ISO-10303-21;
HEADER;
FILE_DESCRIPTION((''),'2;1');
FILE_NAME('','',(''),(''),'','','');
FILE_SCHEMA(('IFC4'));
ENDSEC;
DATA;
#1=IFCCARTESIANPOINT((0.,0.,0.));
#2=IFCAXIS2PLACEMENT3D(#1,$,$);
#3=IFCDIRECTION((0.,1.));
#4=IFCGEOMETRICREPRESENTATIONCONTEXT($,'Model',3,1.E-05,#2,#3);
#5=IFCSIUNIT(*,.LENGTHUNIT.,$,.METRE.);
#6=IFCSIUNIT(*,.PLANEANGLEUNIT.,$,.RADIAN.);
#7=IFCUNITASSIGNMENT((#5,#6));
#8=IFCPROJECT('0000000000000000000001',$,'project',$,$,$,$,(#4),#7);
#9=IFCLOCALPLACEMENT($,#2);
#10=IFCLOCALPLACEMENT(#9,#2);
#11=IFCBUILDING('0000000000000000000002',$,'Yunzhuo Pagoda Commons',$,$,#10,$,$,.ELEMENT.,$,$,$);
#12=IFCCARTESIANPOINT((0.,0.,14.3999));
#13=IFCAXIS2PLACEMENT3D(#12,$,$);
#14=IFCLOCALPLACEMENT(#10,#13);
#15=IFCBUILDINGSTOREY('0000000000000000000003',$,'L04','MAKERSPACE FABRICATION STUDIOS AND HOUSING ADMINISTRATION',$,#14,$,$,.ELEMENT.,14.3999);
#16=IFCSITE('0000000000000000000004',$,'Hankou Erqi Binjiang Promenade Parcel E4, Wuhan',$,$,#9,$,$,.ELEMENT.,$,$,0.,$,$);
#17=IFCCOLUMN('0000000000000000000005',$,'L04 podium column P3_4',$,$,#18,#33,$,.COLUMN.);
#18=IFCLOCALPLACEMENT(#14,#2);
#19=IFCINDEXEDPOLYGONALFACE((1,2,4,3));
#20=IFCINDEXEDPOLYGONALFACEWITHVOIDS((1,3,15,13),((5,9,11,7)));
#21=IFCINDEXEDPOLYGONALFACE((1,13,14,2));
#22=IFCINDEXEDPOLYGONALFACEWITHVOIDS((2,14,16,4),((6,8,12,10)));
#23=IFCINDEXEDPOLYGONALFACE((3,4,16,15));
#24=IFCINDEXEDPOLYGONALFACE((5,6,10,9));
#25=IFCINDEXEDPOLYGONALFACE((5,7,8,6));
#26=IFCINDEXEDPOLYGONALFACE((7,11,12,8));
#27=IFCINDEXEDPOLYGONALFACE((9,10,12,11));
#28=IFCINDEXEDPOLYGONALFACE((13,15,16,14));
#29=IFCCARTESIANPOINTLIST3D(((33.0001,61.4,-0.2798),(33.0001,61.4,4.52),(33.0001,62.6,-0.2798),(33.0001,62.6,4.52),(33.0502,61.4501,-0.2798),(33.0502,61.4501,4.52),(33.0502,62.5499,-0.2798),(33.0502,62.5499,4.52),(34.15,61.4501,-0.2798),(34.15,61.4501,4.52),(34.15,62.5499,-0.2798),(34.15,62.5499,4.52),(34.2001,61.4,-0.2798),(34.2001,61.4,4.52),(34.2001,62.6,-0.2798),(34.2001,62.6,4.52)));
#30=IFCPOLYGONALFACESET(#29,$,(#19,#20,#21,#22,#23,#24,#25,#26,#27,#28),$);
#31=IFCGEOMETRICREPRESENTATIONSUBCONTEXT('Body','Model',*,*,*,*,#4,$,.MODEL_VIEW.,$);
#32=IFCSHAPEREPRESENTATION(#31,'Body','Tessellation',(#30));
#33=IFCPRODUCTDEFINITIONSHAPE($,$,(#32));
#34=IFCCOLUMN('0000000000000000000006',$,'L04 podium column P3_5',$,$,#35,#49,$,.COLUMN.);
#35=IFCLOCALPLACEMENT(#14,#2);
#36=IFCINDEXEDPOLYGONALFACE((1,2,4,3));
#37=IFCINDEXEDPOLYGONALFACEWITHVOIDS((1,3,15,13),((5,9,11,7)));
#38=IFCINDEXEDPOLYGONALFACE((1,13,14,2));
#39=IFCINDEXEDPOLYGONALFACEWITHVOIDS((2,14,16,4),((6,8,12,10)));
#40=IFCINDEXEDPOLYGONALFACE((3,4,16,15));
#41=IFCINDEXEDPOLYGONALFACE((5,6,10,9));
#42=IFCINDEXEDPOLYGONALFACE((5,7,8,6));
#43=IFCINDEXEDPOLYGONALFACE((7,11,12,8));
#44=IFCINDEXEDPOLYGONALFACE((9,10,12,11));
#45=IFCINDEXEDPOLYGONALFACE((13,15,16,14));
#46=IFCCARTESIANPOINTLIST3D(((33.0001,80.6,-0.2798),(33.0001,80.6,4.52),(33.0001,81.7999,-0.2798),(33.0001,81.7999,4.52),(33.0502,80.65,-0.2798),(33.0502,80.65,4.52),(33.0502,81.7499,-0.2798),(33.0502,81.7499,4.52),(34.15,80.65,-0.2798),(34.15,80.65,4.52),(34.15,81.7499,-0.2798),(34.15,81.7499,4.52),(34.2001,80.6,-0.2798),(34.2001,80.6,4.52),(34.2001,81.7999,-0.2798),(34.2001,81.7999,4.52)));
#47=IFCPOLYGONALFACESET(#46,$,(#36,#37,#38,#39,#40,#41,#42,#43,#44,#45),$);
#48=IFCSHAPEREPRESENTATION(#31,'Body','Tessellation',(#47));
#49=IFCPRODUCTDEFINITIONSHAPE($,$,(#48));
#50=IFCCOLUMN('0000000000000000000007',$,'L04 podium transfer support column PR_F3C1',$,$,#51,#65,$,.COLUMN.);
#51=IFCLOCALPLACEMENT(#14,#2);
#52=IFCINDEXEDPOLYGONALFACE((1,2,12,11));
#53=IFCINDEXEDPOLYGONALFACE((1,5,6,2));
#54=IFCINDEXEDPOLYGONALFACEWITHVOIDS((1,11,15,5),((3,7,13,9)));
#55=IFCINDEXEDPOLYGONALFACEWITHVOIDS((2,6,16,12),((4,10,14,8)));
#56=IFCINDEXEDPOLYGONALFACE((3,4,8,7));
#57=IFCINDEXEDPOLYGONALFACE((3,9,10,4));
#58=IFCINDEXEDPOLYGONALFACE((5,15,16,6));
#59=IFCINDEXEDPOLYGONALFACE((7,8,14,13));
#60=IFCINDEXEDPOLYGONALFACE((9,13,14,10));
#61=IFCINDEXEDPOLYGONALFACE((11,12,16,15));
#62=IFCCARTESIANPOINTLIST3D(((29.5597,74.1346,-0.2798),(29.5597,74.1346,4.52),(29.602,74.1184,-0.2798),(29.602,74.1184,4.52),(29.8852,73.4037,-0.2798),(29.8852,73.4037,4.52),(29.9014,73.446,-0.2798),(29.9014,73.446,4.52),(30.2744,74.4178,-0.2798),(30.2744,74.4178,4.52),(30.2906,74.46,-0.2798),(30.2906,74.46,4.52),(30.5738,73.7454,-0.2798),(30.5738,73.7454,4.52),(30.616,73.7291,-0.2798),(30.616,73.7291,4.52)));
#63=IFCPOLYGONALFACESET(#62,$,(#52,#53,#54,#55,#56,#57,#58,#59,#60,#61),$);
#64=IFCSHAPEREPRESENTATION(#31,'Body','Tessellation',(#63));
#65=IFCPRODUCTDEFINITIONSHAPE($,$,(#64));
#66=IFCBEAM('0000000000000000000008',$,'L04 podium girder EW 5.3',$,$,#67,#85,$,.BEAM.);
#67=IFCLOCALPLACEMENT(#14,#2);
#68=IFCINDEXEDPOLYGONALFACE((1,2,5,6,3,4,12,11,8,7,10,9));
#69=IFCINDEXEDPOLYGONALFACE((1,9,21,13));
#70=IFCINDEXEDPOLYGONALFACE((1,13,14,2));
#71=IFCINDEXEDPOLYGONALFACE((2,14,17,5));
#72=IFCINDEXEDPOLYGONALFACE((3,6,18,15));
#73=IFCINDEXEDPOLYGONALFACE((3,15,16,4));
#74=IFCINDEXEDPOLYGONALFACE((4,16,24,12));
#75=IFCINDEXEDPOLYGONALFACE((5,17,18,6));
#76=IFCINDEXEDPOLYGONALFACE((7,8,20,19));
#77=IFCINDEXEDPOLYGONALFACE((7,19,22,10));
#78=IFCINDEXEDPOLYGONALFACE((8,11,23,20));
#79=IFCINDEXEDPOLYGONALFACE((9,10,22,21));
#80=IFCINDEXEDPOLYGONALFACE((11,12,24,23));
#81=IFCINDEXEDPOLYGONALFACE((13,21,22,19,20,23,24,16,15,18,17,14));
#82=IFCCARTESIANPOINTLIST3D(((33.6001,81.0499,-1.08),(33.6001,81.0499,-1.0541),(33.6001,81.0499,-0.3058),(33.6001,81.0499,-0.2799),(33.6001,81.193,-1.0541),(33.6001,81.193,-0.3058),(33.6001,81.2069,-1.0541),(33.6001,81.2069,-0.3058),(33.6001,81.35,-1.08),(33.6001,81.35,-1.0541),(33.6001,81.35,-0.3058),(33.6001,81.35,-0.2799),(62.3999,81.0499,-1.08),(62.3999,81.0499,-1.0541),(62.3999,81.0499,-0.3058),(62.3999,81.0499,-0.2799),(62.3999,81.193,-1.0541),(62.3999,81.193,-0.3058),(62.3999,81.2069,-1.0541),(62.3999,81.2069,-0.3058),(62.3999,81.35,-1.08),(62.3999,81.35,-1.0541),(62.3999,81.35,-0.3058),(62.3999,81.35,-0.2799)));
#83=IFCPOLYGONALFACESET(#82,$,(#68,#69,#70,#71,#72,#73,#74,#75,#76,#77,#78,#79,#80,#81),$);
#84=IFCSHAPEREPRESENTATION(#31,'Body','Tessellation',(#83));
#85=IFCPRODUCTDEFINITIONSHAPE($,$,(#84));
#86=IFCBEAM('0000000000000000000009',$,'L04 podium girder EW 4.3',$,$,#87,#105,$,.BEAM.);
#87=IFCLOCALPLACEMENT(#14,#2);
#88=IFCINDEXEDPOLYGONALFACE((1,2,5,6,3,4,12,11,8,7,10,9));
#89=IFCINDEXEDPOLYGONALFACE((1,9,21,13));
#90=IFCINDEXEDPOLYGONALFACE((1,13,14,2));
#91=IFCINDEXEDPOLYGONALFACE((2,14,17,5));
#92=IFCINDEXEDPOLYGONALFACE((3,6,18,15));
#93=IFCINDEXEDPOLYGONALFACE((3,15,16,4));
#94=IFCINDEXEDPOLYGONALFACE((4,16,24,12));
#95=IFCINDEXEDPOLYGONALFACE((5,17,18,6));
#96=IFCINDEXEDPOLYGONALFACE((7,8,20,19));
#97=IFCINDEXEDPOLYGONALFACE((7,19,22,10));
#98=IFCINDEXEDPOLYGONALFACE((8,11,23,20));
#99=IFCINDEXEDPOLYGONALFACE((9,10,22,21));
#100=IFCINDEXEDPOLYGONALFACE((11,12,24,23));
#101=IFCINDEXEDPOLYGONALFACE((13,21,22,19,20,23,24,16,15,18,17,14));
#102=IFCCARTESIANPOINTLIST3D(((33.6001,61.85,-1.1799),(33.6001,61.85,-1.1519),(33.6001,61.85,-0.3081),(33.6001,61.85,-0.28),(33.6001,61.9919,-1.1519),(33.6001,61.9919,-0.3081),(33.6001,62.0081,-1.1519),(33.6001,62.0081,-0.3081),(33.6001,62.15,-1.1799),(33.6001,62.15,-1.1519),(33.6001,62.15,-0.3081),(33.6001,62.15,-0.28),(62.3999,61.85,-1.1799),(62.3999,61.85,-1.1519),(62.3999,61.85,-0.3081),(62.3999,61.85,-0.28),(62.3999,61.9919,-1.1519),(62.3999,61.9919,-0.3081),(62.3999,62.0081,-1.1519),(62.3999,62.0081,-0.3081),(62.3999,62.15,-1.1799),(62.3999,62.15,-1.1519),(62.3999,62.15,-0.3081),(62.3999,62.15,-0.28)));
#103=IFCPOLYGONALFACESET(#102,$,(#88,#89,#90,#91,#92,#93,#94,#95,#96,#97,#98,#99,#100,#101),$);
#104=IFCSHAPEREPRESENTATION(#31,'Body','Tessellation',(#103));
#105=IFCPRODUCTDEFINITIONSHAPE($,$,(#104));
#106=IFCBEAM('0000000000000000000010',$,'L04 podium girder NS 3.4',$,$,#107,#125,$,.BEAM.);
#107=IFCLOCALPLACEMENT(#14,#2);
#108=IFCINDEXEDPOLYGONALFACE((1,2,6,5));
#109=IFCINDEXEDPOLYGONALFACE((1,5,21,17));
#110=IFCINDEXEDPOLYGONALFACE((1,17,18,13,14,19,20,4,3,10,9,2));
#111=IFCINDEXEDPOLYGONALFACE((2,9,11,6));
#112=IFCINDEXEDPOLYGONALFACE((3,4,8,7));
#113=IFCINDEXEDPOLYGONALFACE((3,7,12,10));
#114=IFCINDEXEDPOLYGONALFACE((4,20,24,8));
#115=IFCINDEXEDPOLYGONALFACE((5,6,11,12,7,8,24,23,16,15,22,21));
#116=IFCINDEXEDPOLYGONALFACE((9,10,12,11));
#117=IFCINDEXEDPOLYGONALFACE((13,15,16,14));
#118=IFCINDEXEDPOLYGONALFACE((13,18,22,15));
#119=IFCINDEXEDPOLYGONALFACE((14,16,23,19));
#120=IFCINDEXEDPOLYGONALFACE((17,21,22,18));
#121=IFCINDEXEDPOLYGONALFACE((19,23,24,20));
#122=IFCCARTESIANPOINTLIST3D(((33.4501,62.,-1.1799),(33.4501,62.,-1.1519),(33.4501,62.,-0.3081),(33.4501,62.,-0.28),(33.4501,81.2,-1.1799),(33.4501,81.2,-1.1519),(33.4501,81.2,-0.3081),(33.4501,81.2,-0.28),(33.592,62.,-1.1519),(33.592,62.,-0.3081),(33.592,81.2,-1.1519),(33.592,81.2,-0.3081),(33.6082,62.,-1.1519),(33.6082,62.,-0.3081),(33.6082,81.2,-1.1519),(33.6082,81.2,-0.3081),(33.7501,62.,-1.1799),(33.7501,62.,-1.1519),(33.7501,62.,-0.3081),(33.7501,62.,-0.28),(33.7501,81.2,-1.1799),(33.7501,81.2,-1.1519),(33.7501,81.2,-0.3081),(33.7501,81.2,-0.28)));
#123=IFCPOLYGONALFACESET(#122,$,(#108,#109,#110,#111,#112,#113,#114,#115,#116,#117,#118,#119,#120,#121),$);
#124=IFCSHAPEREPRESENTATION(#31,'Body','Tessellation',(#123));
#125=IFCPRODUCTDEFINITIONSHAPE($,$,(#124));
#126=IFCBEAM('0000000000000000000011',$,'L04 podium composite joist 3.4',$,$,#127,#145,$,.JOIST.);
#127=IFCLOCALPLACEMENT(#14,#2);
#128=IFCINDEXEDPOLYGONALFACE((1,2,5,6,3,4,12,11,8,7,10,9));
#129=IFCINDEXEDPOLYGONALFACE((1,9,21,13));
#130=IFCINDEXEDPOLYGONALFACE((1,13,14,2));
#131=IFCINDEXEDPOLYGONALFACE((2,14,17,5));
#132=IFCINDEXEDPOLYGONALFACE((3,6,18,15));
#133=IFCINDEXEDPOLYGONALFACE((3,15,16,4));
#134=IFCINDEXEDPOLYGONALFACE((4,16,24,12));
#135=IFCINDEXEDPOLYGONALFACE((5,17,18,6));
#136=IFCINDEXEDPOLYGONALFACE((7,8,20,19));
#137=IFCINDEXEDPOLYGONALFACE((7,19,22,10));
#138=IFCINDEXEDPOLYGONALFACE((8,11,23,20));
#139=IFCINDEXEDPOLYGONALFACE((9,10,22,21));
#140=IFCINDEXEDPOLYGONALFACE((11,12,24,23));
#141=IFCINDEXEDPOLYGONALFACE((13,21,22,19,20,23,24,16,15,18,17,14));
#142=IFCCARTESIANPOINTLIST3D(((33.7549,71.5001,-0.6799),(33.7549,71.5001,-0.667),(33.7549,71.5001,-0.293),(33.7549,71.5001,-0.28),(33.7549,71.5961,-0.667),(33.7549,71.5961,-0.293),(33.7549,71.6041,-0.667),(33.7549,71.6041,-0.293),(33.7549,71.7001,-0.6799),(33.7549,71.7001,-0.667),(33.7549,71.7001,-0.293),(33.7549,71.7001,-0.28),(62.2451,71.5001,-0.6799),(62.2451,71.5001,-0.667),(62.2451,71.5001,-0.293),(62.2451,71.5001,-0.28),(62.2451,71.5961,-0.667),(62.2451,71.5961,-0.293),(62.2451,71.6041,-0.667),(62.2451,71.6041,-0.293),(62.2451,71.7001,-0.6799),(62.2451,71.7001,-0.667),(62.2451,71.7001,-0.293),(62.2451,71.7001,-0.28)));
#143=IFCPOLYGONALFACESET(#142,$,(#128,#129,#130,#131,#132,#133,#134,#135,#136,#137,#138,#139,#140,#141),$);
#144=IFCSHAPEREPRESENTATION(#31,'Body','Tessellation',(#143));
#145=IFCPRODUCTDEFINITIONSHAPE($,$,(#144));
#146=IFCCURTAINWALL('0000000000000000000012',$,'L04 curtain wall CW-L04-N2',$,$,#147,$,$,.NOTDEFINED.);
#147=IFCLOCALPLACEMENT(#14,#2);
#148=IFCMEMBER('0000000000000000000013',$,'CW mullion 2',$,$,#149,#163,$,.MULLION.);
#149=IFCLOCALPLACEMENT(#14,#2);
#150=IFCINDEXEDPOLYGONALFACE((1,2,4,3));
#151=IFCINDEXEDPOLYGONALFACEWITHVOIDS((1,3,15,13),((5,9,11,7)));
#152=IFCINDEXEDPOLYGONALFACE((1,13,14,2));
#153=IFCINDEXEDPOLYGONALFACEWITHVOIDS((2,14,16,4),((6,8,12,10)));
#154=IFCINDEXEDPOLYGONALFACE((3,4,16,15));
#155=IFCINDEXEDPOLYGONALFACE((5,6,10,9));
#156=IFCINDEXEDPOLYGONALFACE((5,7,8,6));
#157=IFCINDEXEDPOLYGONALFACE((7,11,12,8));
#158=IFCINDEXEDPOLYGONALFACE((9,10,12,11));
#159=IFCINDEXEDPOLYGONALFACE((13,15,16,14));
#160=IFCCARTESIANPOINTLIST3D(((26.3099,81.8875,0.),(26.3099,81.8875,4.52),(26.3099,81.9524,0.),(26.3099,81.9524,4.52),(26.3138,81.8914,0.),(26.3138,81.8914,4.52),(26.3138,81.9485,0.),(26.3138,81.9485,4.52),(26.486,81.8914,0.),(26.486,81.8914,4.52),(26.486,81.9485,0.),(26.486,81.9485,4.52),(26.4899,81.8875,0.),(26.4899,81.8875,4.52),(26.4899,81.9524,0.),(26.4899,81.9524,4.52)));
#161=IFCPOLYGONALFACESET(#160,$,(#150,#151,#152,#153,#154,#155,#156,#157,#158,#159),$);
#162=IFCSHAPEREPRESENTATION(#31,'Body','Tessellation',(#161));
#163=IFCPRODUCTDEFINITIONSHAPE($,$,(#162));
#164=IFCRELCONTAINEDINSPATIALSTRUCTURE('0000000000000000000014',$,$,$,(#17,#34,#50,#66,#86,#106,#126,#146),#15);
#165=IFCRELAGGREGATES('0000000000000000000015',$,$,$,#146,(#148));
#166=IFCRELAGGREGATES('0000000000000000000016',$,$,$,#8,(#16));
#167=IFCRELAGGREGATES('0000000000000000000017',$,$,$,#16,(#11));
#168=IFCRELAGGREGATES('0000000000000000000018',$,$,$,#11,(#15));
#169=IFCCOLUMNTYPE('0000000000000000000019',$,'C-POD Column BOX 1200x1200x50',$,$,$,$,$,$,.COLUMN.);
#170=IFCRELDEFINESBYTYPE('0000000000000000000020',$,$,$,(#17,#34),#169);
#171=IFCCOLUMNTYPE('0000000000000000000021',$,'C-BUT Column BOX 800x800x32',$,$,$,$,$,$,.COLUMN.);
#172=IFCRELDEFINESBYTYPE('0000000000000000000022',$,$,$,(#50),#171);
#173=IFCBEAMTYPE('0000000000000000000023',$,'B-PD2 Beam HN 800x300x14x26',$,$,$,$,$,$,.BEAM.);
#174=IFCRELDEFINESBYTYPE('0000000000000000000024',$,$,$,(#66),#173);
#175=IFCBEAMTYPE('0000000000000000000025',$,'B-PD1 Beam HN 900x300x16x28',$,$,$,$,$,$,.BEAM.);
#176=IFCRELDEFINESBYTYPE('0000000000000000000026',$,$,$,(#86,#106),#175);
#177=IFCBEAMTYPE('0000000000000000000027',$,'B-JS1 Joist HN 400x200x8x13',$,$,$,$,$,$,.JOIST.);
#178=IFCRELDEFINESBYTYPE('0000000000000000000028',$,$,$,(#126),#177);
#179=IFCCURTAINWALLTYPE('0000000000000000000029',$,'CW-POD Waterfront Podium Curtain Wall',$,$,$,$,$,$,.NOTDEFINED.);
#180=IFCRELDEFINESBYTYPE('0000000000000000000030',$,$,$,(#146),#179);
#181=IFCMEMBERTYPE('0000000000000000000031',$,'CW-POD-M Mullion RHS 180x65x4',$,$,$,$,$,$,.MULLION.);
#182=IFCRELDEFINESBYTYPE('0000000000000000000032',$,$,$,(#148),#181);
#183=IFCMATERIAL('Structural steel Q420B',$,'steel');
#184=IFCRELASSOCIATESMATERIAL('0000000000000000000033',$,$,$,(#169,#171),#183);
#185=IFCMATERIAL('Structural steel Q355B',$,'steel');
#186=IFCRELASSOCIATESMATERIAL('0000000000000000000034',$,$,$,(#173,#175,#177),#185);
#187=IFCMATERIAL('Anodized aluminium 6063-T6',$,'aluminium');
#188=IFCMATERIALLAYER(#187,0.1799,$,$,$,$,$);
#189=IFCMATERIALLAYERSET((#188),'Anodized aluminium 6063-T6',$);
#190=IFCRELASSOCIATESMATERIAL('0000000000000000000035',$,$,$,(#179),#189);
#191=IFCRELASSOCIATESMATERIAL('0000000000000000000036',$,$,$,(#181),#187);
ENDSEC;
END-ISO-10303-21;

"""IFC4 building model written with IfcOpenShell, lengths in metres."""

from ifc_helpers import new_model, si_unit, direction, frame, origin, origin_2d, place, context, subcontext, project, spatial, hollow_rectangle, i_section, extrude, source, transform, mapped, material, layer, layer_set, material_profile, profile_set, type_object, element, aggregate, save


model = new_model("IFC4")

# Units and contexts
model_context = context("Model", 3, precision=1e-05, world=origin(), true_north=direction((0.0, 1.0)))
body_context = subcontext(model_context, "Body", "Model", "MODEL_VIEW")
ifc_project = project(units=[si_unit("LENGTHUNIT", "METRE"), si_unit("PLANEANGLEUNIT", "RADIAN")], contexts=[model_context])

# Site, building, storey
site_placement = place(None, origin())
site = spatial("IfcSite", under=ifc_project, at=site_placement, Name="Hankou Erqi Binjiang Promenade Parcel E4, Wuhan", CompositionType="ELEMENT", RefElevation=0.0)
building_placement = place(site_placement, origin())
building = spatial("IfcBuilding", under=site, at=building_placement, Name="Yunzhuo Pagoda Commons", CompositionType="ELEMENT")
storey_placement = place(building_placement, frame((0.0, 0.0, 14.3999)))
storey = spatial("IfcBuildingStorey", under=building, at=storey_placement, Name="L04", Description="MAKERSPACE FABRICATION STUDIOS AND HOUSING ADMINISTRATION", CompositionType="ELEMENT", Elevation=14.3999)

# Columns
ifc_material_1 = material(Name="Structural steel Q420B", Category="steel")
ifc_material_profile_1 = material_profile(ifc_material_1, hollow_rectangle(XDim=1.2, YDim=1.2, WallThickness=0.05, at=origin_2d()), Name="Structural steel Q420B")
ifc_profile_set_1 = profile_set([ifc_material_profile_1], Name="Structural steel Q420B")
column_type_1 = type_object("IfcColumnType", Name="C-POD Column BOX 1200x1200x50", PredefinedType="COLUMN", material=ifc_profile_set_1)
shared_shape_1 = source(origin(), body_context, "Body", "SweptSolid", [
    extrude(hollow_rectangle(XDim=1.2, YDim=1.2, WallThickness=0.05, at=origin_2d()), origin(), (0.0, 0.0, 1.0), 4.7998),
])
for number, where, z_axis, x_axis, name in (
    (1, (33.6001, 62.0, -0.2798), (0.0, 0.0, 1.0), (1.0, 0.0, 0.0), "L04 podium column P3_4"),
    (2, (33.6001, 81.2, -0.2798), (0.0, 0.0, 1.0), (1.0, 0.0, 0.0), "L04 podium column P3_5"),
):
    element("IfcColumn", number, at=place(storey_placement, frame(where, z_axis=z_axis, x_axis=x_axis)), inside=storey, type_object=column_type_1, Name=name, PredefinedType="COLUMN", context=body_context, shape_type="MappedRepresentation", body=[
        mapped(shared_shape_1, transform((0.0, 0.0, 0.0), scale=1.0)),
    ])
ifc_material_profile_2 = material_profile(ifc_material_1, hollow_rectangle(XDim=0.8, YDim=0.8, WallThickness=0.032, at=origin_2d()), Name="Structural steel Q420B")
ifc_profile_set_2 = profile_set([ifc_material_profile_2], Name="Structural steel Q420B")
column_type_2 = type_object("IfcColumnType", Name="C-BUT Column BOX 800x800x32", PredefinedType="COLUMN", material=ifc_profile_set_2)
shared_shape_2 = source(origin(), body_context, "Body", "SweptSolid", [
    extrude(hollow_rectangle(XDim=0.8, YDim=0.8, WallThickness=0.032, at=origin_2d()), origin(), (0.0, 0.0, 1.0), 4.7998),
])
column_placement = place(storey_placement, frame((30.0879, 73.9319, -0.2798), z_axis=(0.0, 0.0, 1.0), x_axis=(-0.913545, -0.406737, 0.0)))
element("IfcColumn", 3, at=column_placement, inside=storey, type_object=column_type_2, Name="L04 podium transfer support column PR_F3C1", PredefinedType="COLUMN", context=body_context, shape_type="MappedRepresentation", body=[
    mapped(shared_shape_2, transform((0.0, 0.0, 0.0), scale=1.0)),
])

# Beams
ifc_material_2 = material(Name="Structural steel Q355B", Category="steel")
ifc_material_profile_3 = material_profile(ifc_material_2, i_section(OverallWidth=0.3, OverallDepth=0.8, WebThickness=0.0139, FlangeThickness=0.0259, at=origin_2d()), Name="Structural steel Q355B")
ifc_profile_set_3 = profile_set([ifc_material_profile_3], Name="Structural steel Q355B")
beam_type_1 = type_object("IfcBeamType", Name="B-PD2 Beam HN 800x300x14x26", PredefinedType="BEAM", material=ifc_profile_set_3)
shared_shape_3 = source(origin(), body_context, "Body", "SweptSolid", [
    extrude(i_section(OverallWidth=0.3, OverallDepth=0.8, WebThickness=0.0139, FlangeThickness=0.0259, at=origin_2d()), origin(), (0.0, 0.0, 1.0), 28.7998),
])
beam_1_placement = place(storey_placement, frame((33.6001, 81.2, -0.6799), z_axis=(1.0, 0.0, 0.0), x_axis=(0.0, 1.0, 0.0)))
element("IfcBeam", 4, at=beam_1_placement, inside=storey, type_object=beam_type_1, Name="L04 podium girder EW 5.3", PredefinedType="BEAM", context=body_context, shape_type="MappedRepresentation", body=[
    mapped(shared_shape_3, transform((0.0, 0.0, 0.0), scale=1.0)),
])
ifc_material_profile_4 = material_profile(ifc_material_2, i_section(OverallWidth=0.3, OverallDepth=0.8999, WebThickness=0.0161, FlangeThickness=0.0281, at=origin_2d()), Name="Structural steel Q355B")
ifc_profile_set_4 = profile_set([ifc_material_profile_4], Name="Structural steel Q355B")
beam_type_2 = type_object("IfcBeamType", Name="B-PD1 Beam HN 900x300x16x28", PredefinedType="BEAM", material=ifc_profile_set_4)
shared_shape_4 = source(origin(), body_context, "Body", "SweptSolid", [
    extrude(i_section(OverallWidth=0.3, OverallDepth=0.8999, WebThickness=0.0161, FlangeThickness=0.0281, at=origin_2d()), origin(), (0.0, 0.0, 1.0), 28.7998),
])
beam_2_placement = place(storey_placement, frame((33.6001, 62.0, -0.73), z_axis=(1.0, 0.0, 0.0), x_axis=(0.0, 1.0, 0.0)))
element("IfcBeam", 5, at=beam_2_placement, inside=storey, type_object=beam_type_2, Name="L04 podium girder EW 4.3", PredefinedType="BEAM", context=body_context, shape_type="MappedRepresentation", body=[
    mapped(shared_shape_4, transform((0.0, 0.0, 0.0), scale=1.0)),
])
shared_shape_5 = source(origin(), body_context, "Body", "SweptSolid", [
    extrude(i_section(OverallWidth=0.3, OverallDepth=0.8999, WebThickness=0.0161, FlangeThickness=0.0281, at=origin_2d()), origin(), (0.0, 0.0, 1.0), 19.2),
])
beam_3_placement = place(storey_placement, frame((33.6001, 62.0, -0.73), z_axis=(0.0, 1.0, 0.0), x_axis=(-1.0, 0.0, 0.0)))
element("IfcBeam", 6, at=beam_3_placement, inside=storey, type_object=beam_type_2, Name="L04 podium girder NS 3.4", PredefinedType="BEAM", context=body_context, shape_type="MappedRepresentation", body=[
    mapped(shared_shape_5, transform((0.0, 0.0, 0.0), scale=1.0)),
])
ifc_material_profile_5 = material_profile(ifc_material_2, i_section(OverallWidth=0.2, OverallDepth=0.3999, WebThickness=0.0081, FlangeThickness=0.0129, at=origin_2d()), Name="Structural steel Q355B")
ifc_profile_set_5 = profile_set([ifc_material_profile_5], Name="Structural steel Q355B")
beam_type_3 = type_object("IfcBeamType", Name="B-JS1 Joist HN 400x200x8x13", PredefinedType="JOIST", material=ifc_profile_set_5)
shared_shape_6 = source(origin(), body_context, "Body", "SweptSolid", [
    extrude(i_section(OverallWidth=0.2, OverallDepth=0.3999, WebThickness=0.0081, FlangeThickness=0.0129, at=origin_2d()), origin(), (0.0, 0.0, 1.0), 28.4902),
])
beam_4_placement = place(storey_placement, frame((33.7549, 71.6001, -0.48), z_axis=(1.0, 0.0, 0.0), x_axis=(0.0, 1.0, 0.0)))
element("IfcBeam", 7, at=beam_4_placement, inside=storey, type_object=beam_type_3, Name="L04 podium composite joist 3.4", PredefinedType="JOIST", context=body_context, shape_type="MappedRepresentation", body=[
    mapped(shared_shape_6, transform((0.0, 0.0, 0.0), scale=1.0)),
])

# Curtain wall, member
ifc_material_3 = material(Name="Anodized aluminium 6063-T6", Category="aluminium")
ifc_layer_1 = layer(ifc_material_3, 0.1799)
ifc_layer_set_1 = layer_set([ifc_layer_1], Name="Anodized aluminium 6063-T6")
curtain_wall_type = type_object("IfcCurtainWallType", Name="CW-POD Waterfront Podium Curtain Wall", PredefinedType="NOTDEFINED", material=ifc_layer_set_1)
curtain_wall_1_placement = place(storey_placement, origin())
curtain_wall_1 = element("IfcCurtainWall", 8, at=curtain_wall_1_placement, inside=storey, type_object=curtain_wall_type, Name="L04 curtain wall CW-L04-N2", PredefinedType="NOTDEFINED")
ifc_material_profile_6 = material_profile(ifc_material_3, hollow_rectangle(XDim=0.0649, YDim=0.1799, WallThickness=0.0039, at=origin_2d()), Name="Anodized aluminium 6063-T6")
ifc_profile_set_6 = profile_set([ifc_material_profile_6], Name="Anodized aluminium 6063-T6")
member_type_1 = type_object("IfcMemberType", Name="CW-POD-M Mullion RHS 180x65x4", PredefinedType="MULLION", material=ifc_profile_set_6)
shared_shape_7 = source(origin(), body_context, "Body", "SweptSolid", [
    extrude(hollow_rectangle(XDim=0.0649, YDim=0.1799, WallThickness=0.0039, at=origin_2d()), origin(), (0.0, 0.0, 1.0), 4.52),
])
member_1_placement = place(storey_placement, frame((26.3999, 81.9199, 0.0), z_axis=(0.0, 0.0, 1.0), x_axis=(0.0, 1.0, 0.0)))
member_1 = element("IfcMember", 9, at=member_1_placement, type_object=member_type_1, Name="CW mullion 2", PredefinedType="MULLION", context=body_context, shape_type="MappedRepresentation", body=[
    mapped(shared_shape_7, transform((0.0, 0.0, 0.0), scale=1.0)),
])

aggregate(curtain_wall_1, [member_1])

save(model, "model.ifc")
